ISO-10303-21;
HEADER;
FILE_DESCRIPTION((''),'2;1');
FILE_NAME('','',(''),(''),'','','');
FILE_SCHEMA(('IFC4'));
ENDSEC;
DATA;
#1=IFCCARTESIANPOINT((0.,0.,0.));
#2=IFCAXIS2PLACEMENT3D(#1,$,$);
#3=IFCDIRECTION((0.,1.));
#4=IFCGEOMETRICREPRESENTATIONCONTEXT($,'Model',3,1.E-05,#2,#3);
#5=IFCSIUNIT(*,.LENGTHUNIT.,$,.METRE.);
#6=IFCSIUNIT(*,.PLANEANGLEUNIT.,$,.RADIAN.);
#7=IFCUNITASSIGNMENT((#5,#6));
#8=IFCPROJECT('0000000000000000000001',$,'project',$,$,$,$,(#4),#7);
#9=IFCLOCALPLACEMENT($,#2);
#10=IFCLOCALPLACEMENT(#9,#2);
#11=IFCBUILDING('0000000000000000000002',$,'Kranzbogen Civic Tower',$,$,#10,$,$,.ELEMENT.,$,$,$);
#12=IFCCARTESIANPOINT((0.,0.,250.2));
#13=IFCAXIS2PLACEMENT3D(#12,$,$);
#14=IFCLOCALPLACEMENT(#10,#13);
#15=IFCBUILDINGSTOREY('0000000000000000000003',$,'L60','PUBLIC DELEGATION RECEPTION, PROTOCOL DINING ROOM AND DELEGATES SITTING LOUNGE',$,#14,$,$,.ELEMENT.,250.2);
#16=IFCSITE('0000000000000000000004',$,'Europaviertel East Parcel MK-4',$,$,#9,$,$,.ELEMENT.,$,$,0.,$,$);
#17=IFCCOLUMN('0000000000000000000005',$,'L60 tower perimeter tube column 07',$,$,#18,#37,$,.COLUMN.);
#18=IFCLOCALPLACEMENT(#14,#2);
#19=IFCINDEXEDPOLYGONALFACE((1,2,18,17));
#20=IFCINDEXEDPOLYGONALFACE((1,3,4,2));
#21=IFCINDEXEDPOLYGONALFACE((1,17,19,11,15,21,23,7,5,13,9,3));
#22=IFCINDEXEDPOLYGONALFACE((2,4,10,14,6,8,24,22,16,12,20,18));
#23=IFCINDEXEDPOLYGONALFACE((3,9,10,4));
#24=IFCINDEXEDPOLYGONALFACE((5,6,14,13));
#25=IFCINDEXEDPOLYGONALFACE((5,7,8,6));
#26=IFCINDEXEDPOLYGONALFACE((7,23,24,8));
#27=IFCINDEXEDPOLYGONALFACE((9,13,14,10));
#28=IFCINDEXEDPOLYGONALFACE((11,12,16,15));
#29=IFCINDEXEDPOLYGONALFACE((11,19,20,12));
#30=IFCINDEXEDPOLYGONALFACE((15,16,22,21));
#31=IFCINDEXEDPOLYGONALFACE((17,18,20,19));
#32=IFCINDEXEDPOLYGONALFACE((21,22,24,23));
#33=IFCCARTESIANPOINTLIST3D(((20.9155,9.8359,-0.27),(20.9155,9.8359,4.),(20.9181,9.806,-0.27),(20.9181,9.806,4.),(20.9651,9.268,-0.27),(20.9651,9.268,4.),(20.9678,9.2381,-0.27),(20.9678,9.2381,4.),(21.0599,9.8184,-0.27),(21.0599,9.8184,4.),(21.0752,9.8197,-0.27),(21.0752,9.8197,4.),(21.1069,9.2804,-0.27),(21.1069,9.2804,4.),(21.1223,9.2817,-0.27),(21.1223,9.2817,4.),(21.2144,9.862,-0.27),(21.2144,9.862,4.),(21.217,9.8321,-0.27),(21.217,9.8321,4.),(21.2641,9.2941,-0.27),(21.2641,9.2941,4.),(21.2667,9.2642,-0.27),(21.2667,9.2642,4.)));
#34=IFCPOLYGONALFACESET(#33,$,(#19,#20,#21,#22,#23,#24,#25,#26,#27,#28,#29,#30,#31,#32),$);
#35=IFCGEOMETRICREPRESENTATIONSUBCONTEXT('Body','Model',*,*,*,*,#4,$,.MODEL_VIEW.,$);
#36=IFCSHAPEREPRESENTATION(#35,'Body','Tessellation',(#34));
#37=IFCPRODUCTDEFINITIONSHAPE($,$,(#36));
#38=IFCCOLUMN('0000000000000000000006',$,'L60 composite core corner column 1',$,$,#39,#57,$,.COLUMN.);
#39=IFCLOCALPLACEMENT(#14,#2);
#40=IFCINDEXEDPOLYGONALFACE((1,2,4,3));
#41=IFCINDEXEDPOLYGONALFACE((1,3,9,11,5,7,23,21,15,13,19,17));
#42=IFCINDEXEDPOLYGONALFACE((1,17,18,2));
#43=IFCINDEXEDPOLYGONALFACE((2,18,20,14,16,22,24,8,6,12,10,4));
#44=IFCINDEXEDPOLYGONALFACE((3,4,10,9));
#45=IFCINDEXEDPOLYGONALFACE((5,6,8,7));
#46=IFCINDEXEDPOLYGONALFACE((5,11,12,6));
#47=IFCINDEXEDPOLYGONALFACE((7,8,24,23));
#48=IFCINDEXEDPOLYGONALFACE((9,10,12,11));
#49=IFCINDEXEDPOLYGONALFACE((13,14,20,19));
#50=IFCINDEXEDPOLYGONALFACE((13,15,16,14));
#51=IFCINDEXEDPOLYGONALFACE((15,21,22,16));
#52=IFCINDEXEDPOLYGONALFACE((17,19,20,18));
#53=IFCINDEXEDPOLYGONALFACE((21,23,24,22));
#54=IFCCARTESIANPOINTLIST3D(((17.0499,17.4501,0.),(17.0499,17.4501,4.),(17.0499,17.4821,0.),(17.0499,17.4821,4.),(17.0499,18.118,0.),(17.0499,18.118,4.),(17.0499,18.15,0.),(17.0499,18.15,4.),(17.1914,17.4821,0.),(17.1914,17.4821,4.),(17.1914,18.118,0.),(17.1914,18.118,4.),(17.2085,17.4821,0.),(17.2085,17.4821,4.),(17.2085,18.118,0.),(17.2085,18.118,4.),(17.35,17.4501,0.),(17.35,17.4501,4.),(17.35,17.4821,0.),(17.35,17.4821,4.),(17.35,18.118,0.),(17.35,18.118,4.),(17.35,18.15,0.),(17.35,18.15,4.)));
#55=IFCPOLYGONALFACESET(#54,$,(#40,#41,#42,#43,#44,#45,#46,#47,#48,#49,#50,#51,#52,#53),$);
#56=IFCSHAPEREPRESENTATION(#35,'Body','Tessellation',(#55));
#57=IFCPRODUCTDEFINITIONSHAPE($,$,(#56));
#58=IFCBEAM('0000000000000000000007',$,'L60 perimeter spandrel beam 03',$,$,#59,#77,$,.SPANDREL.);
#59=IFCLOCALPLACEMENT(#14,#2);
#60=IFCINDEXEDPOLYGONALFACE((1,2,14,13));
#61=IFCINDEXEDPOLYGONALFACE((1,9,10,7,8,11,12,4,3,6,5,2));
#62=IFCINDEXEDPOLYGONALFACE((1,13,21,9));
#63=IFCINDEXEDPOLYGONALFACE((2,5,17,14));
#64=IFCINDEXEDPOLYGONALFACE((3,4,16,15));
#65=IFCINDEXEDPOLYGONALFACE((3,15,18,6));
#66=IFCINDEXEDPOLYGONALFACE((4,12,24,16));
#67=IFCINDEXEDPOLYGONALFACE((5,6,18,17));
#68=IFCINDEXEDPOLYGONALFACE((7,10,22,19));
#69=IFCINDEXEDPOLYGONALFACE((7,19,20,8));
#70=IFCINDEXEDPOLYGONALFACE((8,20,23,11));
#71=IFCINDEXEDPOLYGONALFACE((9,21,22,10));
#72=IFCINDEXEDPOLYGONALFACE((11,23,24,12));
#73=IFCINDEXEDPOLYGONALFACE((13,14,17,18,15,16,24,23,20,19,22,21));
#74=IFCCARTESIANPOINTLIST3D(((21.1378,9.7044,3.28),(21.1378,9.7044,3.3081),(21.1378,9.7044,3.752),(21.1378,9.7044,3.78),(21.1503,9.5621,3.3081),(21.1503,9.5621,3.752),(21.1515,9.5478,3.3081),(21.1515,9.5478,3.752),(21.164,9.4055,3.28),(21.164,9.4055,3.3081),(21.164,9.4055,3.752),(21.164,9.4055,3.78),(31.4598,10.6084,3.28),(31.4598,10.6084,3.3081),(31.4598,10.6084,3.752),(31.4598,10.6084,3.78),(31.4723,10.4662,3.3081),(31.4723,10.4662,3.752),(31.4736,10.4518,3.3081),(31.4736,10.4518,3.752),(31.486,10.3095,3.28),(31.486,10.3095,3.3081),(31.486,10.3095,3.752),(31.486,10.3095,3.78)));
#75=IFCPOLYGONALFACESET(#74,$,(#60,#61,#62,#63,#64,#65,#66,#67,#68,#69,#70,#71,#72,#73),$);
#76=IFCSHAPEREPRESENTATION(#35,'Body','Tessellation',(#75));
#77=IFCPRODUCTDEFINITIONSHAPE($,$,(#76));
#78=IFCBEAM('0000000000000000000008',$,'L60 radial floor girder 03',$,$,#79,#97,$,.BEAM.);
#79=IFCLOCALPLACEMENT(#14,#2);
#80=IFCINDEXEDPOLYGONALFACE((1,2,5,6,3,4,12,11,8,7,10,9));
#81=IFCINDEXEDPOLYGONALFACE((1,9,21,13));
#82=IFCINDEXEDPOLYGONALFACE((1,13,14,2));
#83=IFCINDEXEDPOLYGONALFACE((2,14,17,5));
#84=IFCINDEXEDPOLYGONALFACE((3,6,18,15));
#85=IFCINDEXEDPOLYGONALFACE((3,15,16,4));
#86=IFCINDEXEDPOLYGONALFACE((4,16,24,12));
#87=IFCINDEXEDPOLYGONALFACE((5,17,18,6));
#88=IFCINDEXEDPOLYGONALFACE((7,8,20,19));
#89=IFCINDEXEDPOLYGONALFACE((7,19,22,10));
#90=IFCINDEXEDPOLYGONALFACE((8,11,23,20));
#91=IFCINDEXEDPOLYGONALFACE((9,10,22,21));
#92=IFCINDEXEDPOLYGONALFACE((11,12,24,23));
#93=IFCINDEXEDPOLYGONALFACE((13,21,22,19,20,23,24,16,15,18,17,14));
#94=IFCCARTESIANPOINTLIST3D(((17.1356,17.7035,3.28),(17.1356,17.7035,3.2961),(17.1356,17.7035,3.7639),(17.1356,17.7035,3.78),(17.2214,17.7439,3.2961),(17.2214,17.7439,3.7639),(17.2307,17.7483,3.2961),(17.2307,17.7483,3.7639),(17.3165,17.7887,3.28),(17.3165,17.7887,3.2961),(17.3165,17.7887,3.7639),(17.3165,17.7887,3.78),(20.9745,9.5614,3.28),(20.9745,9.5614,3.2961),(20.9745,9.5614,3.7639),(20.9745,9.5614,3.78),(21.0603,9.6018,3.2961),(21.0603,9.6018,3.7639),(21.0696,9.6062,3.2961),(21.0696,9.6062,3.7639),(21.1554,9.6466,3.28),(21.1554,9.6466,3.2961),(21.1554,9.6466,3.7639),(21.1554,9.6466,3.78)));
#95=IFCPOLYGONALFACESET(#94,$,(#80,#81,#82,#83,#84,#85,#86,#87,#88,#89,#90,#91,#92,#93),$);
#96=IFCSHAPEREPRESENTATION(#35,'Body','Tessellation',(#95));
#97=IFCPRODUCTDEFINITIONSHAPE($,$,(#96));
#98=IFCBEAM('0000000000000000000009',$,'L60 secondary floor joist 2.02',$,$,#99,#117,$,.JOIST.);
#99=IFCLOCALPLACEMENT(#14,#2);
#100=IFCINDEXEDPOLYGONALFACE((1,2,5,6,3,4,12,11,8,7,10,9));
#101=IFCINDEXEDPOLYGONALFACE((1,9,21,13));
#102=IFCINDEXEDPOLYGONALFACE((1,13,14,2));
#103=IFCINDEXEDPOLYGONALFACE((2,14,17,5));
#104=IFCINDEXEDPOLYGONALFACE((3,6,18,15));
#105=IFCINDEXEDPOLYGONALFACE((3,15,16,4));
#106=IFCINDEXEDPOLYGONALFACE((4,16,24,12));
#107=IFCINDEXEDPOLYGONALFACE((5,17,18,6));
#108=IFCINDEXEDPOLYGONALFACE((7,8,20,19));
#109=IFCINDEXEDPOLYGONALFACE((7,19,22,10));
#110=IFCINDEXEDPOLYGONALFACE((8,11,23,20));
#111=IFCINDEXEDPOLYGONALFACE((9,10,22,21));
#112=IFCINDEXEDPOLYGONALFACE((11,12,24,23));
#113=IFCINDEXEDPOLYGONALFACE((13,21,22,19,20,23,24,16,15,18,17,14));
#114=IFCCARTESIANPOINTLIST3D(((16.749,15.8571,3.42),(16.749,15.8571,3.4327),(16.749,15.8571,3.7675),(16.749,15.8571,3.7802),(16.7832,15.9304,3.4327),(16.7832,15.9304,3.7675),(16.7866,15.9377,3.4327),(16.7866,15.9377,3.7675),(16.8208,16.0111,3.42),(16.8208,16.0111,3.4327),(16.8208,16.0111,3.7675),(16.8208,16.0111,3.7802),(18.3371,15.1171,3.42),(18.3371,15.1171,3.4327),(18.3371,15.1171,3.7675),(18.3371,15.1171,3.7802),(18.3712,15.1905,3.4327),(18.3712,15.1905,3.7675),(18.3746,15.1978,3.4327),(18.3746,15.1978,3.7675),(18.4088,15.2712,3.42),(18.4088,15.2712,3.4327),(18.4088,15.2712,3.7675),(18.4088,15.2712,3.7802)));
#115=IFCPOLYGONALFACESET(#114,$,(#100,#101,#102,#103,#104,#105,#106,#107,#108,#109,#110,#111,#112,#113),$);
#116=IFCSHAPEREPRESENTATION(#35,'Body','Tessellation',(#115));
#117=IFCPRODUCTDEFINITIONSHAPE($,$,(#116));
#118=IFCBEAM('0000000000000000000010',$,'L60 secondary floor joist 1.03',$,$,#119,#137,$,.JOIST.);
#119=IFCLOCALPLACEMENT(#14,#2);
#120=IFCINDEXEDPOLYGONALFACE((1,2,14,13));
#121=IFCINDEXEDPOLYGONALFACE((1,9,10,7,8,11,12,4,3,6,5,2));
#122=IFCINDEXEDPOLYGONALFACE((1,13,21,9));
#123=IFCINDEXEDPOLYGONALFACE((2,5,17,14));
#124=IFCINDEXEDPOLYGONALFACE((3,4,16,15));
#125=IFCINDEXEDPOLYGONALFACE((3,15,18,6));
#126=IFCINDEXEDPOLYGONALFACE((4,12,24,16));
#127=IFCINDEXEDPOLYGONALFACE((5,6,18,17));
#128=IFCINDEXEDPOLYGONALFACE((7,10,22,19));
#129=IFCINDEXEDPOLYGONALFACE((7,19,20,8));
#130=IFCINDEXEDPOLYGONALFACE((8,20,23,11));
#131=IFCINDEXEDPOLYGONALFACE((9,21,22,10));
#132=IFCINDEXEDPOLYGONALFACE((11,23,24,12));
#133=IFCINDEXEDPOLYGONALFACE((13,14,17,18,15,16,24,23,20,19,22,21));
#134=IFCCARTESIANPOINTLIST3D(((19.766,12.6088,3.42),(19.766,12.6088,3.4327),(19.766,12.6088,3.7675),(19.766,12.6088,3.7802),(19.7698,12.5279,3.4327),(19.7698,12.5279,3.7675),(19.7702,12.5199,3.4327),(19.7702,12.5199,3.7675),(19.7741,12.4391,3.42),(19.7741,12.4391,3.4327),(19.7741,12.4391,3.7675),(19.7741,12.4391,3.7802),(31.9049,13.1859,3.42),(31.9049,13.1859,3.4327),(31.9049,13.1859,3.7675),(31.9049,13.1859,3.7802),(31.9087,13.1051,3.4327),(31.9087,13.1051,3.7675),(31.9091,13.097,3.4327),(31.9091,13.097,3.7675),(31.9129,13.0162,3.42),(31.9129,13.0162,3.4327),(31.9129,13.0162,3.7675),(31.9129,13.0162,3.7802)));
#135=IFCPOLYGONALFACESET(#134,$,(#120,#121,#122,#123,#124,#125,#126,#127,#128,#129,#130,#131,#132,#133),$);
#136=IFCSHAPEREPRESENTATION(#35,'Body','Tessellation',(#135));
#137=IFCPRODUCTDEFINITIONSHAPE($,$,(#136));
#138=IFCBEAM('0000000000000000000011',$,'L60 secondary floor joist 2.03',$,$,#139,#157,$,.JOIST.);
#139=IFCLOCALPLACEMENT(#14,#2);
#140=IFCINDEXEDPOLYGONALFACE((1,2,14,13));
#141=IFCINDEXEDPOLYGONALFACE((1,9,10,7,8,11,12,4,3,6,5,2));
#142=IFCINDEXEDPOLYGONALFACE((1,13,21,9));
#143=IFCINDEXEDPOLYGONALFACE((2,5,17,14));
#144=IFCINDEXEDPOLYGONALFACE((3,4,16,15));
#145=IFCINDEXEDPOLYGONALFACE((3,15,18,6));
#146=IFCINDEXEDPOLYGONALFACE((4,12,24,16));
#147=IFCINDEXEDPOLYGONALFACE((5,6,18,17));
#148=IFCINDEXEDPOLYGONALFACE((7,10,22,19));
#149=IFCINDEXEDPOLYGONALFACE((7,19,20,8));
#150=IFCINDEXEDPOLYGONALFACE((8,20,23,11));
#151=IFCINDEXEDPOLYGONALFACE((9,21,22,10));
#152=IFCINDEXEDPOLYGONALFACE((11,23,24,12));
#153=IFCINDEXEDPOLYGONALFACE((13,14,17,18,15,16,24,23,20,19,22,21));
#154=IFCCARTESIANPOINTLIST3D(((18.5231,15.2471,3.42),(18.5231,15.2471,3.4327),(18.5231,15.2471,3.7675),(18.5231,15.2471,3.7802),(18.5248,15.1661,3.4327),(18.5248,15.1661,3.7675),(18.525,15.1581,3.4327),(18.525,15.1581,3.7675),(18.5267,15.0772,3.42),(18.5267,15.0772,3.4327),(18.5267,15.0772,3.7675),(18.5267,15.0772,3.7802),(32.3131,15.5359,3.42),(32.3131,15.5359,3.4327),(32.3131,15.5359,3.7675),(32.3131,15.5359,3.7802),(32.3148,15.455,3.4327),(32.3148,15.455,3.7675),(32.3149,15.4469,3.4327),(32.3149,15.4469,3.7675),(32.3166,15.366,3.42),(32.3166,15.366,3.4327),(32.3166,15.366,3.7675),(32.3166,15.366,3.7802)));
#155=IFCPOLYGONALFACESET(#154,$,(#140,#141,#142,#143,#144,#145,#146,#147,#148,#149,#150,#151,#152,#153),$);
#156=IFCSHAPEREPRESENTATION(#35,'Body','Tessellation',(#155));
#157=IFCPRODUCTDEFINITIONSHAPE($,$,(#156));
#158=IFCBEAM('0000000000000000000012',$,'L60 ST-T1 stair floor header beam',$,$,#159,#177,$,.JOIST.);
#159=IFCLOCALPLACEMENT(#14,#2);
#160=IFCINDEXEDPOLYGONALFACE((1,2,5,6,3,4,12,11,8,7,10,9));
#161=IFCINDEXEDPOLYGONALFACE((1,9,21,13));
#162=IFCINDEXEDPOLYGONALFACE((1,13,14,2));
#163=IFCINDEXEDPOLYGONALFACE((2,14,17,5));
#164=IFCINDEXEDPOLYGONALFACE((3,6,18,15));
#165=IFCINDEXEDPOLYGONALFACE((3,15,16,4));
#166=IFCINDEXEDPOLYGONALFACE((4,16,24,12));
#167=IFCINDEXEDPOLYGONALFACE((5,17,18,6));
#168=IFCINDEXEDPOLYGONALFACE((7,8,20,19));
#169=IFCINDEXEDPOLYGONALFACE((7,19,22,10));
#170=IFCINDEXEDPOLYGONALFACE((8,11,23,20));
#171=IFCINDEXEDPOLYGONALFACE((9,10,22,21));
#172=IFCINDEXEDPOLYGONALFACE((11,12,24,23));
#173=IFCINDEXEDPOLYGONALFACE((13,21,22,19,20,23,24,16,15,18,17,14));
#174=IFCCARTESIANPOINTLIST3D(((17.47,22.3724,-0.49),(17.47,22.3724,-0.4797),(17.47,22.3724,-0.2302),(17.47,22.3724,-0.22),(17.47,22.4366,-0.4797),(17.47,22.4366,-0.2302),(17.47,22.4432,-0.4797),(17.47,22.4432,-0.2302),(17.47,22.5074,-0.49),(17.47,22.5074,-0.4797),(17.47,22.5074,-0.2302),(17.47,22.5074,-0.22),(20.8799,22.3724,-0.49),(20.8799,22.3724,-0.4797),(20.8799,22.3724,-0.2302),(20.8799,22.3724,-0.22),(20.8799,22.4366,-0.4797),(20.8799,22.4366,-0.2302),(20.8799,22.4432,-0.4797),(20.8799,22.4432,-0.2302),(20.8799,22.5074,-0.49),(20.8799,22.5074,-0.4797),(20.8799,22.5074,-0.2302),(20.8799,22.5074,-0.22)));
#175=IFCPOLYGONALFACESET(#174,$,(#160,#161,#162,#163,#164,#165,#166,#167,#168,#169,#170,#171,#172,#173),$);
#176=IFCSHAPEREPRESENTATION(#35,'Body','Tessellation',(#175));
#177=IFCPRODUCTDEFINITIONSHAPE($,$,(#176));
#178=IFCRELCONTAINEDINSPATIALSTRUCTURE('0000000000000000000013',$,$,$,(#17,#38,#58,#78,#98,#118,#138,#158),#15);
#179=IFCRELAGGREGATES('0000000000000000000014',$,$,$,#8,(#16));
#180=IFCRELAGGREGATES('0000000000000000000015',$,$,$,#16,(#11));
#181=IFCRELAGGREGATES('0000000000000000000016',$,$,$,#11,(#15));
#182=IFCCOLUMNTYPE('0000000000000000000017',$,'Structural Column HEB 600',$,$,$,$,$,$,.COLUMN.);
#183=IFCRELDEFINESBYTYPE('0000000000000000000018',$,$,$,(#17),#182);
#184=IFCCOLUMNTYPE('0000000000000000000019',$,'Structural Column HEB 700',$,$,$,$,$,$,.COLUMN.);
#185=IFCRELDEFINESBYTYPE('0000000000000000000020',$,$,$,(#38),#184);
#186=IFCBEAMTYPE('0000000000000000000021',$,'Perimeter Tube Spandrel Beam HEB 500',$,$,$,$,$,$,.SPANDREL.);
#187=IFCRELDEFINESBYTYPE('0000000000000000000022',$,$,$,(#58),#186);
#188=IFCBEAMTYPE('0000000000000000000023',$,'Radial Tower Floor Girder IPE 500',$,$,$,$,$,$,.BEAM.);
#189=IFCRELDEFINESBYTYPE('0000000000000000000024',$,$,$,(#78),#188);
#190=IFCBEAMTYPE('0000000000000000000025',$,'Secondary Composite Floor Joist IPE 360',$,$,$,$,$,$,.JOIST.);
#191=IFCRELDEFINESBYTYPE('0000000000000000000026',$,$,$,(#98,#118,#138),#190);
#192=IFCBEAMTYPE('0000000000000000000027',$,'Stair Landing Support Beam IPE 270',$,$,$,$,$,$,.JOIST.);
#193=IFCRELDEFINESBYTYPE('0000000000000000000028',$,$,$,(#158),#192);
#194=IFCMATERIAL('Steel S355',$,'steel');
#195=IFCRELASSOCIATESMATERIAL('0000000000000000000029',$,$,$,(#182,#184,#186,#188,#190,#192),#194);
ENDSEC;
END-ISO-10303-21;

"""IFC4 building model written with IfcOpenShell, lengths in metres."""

from ifc_helpers import new_model, si_unit, direction, frame, origin, origin_2d, place, context, subcontext, project, spatial, i_section, extrude, material, material_profile, profile_set, type_object, element, save


model = new_model("IFC4")

# Units and contexts
model_context = context("Model", 3, precision=1e-05, world=origin(), true_north=direction((0.0, 1.0)))
body_context = subcontext(model_context, "Body", "Model", "MODEL_VIEW")
ifc_project = project(units=[si_unit("LENGTHUNIT", "METRE"), si_unit("PLANEANGLEUNIT", "RADIAN")], contexts=[model_context])

# Site, building, storey
site_placement = place(None, origin())
site = spatial("IfcSite", under=ifc_project, at=site_placement, Name="Europaviertel East Parcel MK-4", CompositionType="ELEMENT", RefElevation=0.0)
building_placement = place(site_placement, origin())
building = spatial("IfcBuilding", under=site, at=building_placement, Name="Kranzbogen Civic Tower", CompositionType="ELEMENT")
storey_placement = place(building_placement, frame((0.0, 0.0, 250.2)))
storey = spatial("IfcBuildingStorey", under=building, at=storey_placement, Name="L60", Description="PUBLIC DELEGATION RECEPTION, PROTOCOL DINING ROOM AND DELEGATES SITTING LOUNGE", CompositionType="ELEMENT", Elevation=250.2)

# Columns
ifc_material_1 = material(Name="Steel S355", Category="steel")
ifc_material_profile_1 = material_profile(ifc_material_1, i_section(OverallWidth=0.3, OverallDepth=0.6001, WebThickness=0.0154, FlangeThickness=0.03, at=origin_2d()), Name="HEB 600")
ifc_profile_set_1 = profile_set([ifc_material_profile_1], Name="Steel S355")
column_type_1 = type_object("IfcColumnType", Name="Structural Column HEB 600", PredefinedType="COLUMN", material=ifc_profile_set_1)
column_1_placement = place(storey_placement, frame((21.0911, 9.55, -0.27), z_axis=(0.0, 0.0, 1.0), x_axis=(0.996195, 0.087156, 0.0)))
element("IfcColumn", 1, at=column_1_placement, inside=storey, type_object=column_type_1, Name="L60 tower perimeter tube column 07", PredefinedType="COLUMN", context=body_context, shape_type="SweptSolid", body=[
    extrude(i_section(OverallWidth=0.3, OverallDepth=0.6001, WebThickness=0.0154, FlangeThickness=0.03, at=origin_2d()), origin(), (0.0, 0.0, 1.0), 4.27),
])
ifc_material_profile_2 = material_profile(ifc_material_1, i_section(OverallWidth=0.3, OverallDepth=0.7, WebThickness=0.0171, FlangeThickness=0.032, at=origin_2d()), Name="HEB 700")
ifc_profile_set_2 = profile_set([ifc_material_profile_2], Name="Steel S355")
column_type_2 = type_object("IfcColumnType", Name="Structural Column HEB 700", PredefinedType="COLUMN", material=ifc_profile_set_2)
column_2_placement = place(storey_placement, frame((17.2, 17.8, 0.0), z_axis=(0.0, 0.0, 1.0), x_axis=(1.0, 0.0, 0.0)))
element("IfcColumn", 2, at=column_2_placement, inside=storey, type_object=column_type_2, Name="L60 composite core corner column 1", PredefinedType="COLUMN", context=body_context, shape_type="SweptSolid", body=[
    extrude(i_section(OverallWidth=0.3, OverallDepth=0.7, WebThickness=0.0171, FlangeThickness=0.032, at=origin_2d()), origin(), (0.0, 0.0, 1.0), 4.0),
])

# Beams
ifc_material_profile_3 = material_profile(ifc_material_1, i_section(OverallWidth=0.3, OverallDepth=0.5, WebThickness=0.0144, FlangeThickness=0.0281, at=origin_2d()), Name="HEB 500")
ifc_profile_set_3 = profile_set([ifc_material_profile_3], Name="Steel S355")
beam_type_1 = type_object("IfcBeamType", Name="Perimeter Tube Spandrel Beam HEB 500", PredefinedType="SPANDREL", material=ifc_profile_set_3)
beam_1_placement = place(storey_placement, frame((21.1509, 9.5549, 3.53), z_axis=(0.996186, 0.087251, 0.0), x_axis=(-0.087251, 0.996186, 0.0)))
element("IfcBeam", 3, at=beam_1_placement, inside=storey, type_object=beam_type_1, Name="L60 perimeter spandrel beam 03", PredefinedType="SPANDREL", context=body_context, shape_type="SweptSolid", body=[
    extrude(i_section(OverallWidth=0.3, OverallDepth=0.5, WebThickness=0.0144, FlangeThickness=0.0281, at=origin_2d()), origin(), (0.0, 0.0, 1.0), 10.3616),
])
ifc_material_profile_4 = material_profile(ifc_material_1, i_section(OverallWidth=0.2, OverallDepth=0.5, WebThickness=0.0103, FlangeThickness=0.0161, at=origin_2d()), Name="IPE 500")
ifc_profile_set_4 = profile_set([ifc_material_profile_4], Name="Steel S355")
beam_type_2 = type_object("IfcBeamType", Name="Radial Tower Floor Girder IPE 500", PredefinedType="BEAM", material=ifc_profile_set_4)
beam_2_placement = place(storey_placement, frame((21.0649, 9.604, 3.53), z_axis=(-0.42646, 0.904506, 0.0), x_axis=(-0.904506, -0.42646, 0.0)))
element("IfcBeam", 4, at=beam_2_placement, inside=storey, type_object=beam_type_2, Name="L60 radial floor girder 03", PredefinedType="BEAM", context=body_context, shape_type="SweptSolid", body=[
    extrude(i_section(OverallWidth=0.2, OverallDepth=0.5, WebThickness=0.0103, FlangeThickness=0.0161, at=origin_2d()), origin(), (0.0, 0.0, 1.0), 9.0017),
])
ifc_material_profile_5 = material_profile(ifc_material_1, i_section(OverallWidth=0.1699, OverallDepth=0.3601, WebThickness=0.0081, FlangeThickness=0.0127, at=origin_2d()), Name="IPE 360")
ifc_profile_set_5 = profile_set([ifc_material_profile_5], Name="Steel S355")
beam_type_3 = type_object("IfcBeamType", Name="Secondary Composite Floor Joist IPE 360", PredefinedType="JOIST", material=ifc_profile_set_5)
beam_3_placement = place(storey_placement, frame((16.7849, 15.9341, 3.6001), z_axis=(0.906432, -0.422351, 0.0), x_axis=(0.422351, 0.906432, 0.0)))
element("IfcBeam", 5, at=beam_3_placement, inside=storey, type_object=beam_type_3, Name="L60 secondary floor joist 2.02", PredefinedType="JOIST", context=body_context, shape_type="SweptSolid", body=[
    extrude(i_section(OverallWidth=0.1699, OverallDepth=0.3601, WebThickness=0.0081, FlangeThickness=0.0127, at=origin_2d()), origin(), (0.0, 0.0, 1.0), 1.752),
])
beam_4_placement = place(storey_placement, frame((19.77, 12.5239, 3.6001), z_axis=(0.998872, 0.047492, 0.0), x_axis=(-0.047492, 0.998872, 0.0)))
element("IfcBeam", 6, at=beam_4_placement, inside=storey, type_object=beam_type_3, Name="L60 secondary floor joist 1.03", PredefinedType="JOIST", context=body_context, shape_type="SweptSolid", body=[
    extrude(i_section(OverallWidth=0.1699, OverallDepth=0.3601, WebThickness=0.0081, FlangeThickness=0.0127, at=origin_2d()), origin(), (0.0, 0.0, 1.0), 12.1526),
])
beam_5_placement = place(storey_placement, frame((18.5249, 15.1621, 3.6001), z_axis=(0.999781, 0.020939, 0.0), x_axis=(-0.020939, 0.999781, 0.0)))
element("IfcBeam", 7, at=beam_5_placement, inside=storey, type_object=beam_type_3, Name="L60 secondary floor joist 2.03", PredefinedType="JOIST", context=body_context, shape_type="SweptSolid", body=[
    extrude(i_section(OverallWidth=0.1699, OverallDepth=0.3601, WebThickness=0.0081, FlangeThickness=0.0127, at=origin_2d()), origin(), (0.0, 0.0, 1.0), 13.793),
])
ifc_material_profile_6 = material_profile(ifc_material_1, i_section(OverallWidth=0.135, OverallDepth=0.27, WebThickness=0.0066, FlangeThickness=0.0103, at=origin_2d()), Name="IPE 270")
ifc_profile_set_6 = profile_set([ifc_material_profile_6], Name="Steel S355")
beam_type_4 = type_object("IfcBeamType", Name="Stair Landing Support Beam IPE 270", PredefinedType="JOIST", material=ifc_profile_set_6)
beam_6_placement = place(storey_placement, frame((20.8799, 22.4399, -0.355), z_axis=(-1.0, 0.0, 0.0), x_axis=(0.0, -1.0, 0.0)))
element("IfcBeam", 8, at=beam_6_placement, inside=storey, type_object=beam_type_4, Name="L60 ST-T1 stair floor header beam", PredefinedType="JOIST", context=body_context, shape_type="SweptSolid", body=[
    extrude(i_section(OverallWidth=0.135, OverallDepth=0.27, WebThickness=0.0066, FlangeThickness=0.0103, at=origin_2d()), origin(), (0.0, 0.0, 1.0), 3.4099),
])

save(model, "model.ifc")
